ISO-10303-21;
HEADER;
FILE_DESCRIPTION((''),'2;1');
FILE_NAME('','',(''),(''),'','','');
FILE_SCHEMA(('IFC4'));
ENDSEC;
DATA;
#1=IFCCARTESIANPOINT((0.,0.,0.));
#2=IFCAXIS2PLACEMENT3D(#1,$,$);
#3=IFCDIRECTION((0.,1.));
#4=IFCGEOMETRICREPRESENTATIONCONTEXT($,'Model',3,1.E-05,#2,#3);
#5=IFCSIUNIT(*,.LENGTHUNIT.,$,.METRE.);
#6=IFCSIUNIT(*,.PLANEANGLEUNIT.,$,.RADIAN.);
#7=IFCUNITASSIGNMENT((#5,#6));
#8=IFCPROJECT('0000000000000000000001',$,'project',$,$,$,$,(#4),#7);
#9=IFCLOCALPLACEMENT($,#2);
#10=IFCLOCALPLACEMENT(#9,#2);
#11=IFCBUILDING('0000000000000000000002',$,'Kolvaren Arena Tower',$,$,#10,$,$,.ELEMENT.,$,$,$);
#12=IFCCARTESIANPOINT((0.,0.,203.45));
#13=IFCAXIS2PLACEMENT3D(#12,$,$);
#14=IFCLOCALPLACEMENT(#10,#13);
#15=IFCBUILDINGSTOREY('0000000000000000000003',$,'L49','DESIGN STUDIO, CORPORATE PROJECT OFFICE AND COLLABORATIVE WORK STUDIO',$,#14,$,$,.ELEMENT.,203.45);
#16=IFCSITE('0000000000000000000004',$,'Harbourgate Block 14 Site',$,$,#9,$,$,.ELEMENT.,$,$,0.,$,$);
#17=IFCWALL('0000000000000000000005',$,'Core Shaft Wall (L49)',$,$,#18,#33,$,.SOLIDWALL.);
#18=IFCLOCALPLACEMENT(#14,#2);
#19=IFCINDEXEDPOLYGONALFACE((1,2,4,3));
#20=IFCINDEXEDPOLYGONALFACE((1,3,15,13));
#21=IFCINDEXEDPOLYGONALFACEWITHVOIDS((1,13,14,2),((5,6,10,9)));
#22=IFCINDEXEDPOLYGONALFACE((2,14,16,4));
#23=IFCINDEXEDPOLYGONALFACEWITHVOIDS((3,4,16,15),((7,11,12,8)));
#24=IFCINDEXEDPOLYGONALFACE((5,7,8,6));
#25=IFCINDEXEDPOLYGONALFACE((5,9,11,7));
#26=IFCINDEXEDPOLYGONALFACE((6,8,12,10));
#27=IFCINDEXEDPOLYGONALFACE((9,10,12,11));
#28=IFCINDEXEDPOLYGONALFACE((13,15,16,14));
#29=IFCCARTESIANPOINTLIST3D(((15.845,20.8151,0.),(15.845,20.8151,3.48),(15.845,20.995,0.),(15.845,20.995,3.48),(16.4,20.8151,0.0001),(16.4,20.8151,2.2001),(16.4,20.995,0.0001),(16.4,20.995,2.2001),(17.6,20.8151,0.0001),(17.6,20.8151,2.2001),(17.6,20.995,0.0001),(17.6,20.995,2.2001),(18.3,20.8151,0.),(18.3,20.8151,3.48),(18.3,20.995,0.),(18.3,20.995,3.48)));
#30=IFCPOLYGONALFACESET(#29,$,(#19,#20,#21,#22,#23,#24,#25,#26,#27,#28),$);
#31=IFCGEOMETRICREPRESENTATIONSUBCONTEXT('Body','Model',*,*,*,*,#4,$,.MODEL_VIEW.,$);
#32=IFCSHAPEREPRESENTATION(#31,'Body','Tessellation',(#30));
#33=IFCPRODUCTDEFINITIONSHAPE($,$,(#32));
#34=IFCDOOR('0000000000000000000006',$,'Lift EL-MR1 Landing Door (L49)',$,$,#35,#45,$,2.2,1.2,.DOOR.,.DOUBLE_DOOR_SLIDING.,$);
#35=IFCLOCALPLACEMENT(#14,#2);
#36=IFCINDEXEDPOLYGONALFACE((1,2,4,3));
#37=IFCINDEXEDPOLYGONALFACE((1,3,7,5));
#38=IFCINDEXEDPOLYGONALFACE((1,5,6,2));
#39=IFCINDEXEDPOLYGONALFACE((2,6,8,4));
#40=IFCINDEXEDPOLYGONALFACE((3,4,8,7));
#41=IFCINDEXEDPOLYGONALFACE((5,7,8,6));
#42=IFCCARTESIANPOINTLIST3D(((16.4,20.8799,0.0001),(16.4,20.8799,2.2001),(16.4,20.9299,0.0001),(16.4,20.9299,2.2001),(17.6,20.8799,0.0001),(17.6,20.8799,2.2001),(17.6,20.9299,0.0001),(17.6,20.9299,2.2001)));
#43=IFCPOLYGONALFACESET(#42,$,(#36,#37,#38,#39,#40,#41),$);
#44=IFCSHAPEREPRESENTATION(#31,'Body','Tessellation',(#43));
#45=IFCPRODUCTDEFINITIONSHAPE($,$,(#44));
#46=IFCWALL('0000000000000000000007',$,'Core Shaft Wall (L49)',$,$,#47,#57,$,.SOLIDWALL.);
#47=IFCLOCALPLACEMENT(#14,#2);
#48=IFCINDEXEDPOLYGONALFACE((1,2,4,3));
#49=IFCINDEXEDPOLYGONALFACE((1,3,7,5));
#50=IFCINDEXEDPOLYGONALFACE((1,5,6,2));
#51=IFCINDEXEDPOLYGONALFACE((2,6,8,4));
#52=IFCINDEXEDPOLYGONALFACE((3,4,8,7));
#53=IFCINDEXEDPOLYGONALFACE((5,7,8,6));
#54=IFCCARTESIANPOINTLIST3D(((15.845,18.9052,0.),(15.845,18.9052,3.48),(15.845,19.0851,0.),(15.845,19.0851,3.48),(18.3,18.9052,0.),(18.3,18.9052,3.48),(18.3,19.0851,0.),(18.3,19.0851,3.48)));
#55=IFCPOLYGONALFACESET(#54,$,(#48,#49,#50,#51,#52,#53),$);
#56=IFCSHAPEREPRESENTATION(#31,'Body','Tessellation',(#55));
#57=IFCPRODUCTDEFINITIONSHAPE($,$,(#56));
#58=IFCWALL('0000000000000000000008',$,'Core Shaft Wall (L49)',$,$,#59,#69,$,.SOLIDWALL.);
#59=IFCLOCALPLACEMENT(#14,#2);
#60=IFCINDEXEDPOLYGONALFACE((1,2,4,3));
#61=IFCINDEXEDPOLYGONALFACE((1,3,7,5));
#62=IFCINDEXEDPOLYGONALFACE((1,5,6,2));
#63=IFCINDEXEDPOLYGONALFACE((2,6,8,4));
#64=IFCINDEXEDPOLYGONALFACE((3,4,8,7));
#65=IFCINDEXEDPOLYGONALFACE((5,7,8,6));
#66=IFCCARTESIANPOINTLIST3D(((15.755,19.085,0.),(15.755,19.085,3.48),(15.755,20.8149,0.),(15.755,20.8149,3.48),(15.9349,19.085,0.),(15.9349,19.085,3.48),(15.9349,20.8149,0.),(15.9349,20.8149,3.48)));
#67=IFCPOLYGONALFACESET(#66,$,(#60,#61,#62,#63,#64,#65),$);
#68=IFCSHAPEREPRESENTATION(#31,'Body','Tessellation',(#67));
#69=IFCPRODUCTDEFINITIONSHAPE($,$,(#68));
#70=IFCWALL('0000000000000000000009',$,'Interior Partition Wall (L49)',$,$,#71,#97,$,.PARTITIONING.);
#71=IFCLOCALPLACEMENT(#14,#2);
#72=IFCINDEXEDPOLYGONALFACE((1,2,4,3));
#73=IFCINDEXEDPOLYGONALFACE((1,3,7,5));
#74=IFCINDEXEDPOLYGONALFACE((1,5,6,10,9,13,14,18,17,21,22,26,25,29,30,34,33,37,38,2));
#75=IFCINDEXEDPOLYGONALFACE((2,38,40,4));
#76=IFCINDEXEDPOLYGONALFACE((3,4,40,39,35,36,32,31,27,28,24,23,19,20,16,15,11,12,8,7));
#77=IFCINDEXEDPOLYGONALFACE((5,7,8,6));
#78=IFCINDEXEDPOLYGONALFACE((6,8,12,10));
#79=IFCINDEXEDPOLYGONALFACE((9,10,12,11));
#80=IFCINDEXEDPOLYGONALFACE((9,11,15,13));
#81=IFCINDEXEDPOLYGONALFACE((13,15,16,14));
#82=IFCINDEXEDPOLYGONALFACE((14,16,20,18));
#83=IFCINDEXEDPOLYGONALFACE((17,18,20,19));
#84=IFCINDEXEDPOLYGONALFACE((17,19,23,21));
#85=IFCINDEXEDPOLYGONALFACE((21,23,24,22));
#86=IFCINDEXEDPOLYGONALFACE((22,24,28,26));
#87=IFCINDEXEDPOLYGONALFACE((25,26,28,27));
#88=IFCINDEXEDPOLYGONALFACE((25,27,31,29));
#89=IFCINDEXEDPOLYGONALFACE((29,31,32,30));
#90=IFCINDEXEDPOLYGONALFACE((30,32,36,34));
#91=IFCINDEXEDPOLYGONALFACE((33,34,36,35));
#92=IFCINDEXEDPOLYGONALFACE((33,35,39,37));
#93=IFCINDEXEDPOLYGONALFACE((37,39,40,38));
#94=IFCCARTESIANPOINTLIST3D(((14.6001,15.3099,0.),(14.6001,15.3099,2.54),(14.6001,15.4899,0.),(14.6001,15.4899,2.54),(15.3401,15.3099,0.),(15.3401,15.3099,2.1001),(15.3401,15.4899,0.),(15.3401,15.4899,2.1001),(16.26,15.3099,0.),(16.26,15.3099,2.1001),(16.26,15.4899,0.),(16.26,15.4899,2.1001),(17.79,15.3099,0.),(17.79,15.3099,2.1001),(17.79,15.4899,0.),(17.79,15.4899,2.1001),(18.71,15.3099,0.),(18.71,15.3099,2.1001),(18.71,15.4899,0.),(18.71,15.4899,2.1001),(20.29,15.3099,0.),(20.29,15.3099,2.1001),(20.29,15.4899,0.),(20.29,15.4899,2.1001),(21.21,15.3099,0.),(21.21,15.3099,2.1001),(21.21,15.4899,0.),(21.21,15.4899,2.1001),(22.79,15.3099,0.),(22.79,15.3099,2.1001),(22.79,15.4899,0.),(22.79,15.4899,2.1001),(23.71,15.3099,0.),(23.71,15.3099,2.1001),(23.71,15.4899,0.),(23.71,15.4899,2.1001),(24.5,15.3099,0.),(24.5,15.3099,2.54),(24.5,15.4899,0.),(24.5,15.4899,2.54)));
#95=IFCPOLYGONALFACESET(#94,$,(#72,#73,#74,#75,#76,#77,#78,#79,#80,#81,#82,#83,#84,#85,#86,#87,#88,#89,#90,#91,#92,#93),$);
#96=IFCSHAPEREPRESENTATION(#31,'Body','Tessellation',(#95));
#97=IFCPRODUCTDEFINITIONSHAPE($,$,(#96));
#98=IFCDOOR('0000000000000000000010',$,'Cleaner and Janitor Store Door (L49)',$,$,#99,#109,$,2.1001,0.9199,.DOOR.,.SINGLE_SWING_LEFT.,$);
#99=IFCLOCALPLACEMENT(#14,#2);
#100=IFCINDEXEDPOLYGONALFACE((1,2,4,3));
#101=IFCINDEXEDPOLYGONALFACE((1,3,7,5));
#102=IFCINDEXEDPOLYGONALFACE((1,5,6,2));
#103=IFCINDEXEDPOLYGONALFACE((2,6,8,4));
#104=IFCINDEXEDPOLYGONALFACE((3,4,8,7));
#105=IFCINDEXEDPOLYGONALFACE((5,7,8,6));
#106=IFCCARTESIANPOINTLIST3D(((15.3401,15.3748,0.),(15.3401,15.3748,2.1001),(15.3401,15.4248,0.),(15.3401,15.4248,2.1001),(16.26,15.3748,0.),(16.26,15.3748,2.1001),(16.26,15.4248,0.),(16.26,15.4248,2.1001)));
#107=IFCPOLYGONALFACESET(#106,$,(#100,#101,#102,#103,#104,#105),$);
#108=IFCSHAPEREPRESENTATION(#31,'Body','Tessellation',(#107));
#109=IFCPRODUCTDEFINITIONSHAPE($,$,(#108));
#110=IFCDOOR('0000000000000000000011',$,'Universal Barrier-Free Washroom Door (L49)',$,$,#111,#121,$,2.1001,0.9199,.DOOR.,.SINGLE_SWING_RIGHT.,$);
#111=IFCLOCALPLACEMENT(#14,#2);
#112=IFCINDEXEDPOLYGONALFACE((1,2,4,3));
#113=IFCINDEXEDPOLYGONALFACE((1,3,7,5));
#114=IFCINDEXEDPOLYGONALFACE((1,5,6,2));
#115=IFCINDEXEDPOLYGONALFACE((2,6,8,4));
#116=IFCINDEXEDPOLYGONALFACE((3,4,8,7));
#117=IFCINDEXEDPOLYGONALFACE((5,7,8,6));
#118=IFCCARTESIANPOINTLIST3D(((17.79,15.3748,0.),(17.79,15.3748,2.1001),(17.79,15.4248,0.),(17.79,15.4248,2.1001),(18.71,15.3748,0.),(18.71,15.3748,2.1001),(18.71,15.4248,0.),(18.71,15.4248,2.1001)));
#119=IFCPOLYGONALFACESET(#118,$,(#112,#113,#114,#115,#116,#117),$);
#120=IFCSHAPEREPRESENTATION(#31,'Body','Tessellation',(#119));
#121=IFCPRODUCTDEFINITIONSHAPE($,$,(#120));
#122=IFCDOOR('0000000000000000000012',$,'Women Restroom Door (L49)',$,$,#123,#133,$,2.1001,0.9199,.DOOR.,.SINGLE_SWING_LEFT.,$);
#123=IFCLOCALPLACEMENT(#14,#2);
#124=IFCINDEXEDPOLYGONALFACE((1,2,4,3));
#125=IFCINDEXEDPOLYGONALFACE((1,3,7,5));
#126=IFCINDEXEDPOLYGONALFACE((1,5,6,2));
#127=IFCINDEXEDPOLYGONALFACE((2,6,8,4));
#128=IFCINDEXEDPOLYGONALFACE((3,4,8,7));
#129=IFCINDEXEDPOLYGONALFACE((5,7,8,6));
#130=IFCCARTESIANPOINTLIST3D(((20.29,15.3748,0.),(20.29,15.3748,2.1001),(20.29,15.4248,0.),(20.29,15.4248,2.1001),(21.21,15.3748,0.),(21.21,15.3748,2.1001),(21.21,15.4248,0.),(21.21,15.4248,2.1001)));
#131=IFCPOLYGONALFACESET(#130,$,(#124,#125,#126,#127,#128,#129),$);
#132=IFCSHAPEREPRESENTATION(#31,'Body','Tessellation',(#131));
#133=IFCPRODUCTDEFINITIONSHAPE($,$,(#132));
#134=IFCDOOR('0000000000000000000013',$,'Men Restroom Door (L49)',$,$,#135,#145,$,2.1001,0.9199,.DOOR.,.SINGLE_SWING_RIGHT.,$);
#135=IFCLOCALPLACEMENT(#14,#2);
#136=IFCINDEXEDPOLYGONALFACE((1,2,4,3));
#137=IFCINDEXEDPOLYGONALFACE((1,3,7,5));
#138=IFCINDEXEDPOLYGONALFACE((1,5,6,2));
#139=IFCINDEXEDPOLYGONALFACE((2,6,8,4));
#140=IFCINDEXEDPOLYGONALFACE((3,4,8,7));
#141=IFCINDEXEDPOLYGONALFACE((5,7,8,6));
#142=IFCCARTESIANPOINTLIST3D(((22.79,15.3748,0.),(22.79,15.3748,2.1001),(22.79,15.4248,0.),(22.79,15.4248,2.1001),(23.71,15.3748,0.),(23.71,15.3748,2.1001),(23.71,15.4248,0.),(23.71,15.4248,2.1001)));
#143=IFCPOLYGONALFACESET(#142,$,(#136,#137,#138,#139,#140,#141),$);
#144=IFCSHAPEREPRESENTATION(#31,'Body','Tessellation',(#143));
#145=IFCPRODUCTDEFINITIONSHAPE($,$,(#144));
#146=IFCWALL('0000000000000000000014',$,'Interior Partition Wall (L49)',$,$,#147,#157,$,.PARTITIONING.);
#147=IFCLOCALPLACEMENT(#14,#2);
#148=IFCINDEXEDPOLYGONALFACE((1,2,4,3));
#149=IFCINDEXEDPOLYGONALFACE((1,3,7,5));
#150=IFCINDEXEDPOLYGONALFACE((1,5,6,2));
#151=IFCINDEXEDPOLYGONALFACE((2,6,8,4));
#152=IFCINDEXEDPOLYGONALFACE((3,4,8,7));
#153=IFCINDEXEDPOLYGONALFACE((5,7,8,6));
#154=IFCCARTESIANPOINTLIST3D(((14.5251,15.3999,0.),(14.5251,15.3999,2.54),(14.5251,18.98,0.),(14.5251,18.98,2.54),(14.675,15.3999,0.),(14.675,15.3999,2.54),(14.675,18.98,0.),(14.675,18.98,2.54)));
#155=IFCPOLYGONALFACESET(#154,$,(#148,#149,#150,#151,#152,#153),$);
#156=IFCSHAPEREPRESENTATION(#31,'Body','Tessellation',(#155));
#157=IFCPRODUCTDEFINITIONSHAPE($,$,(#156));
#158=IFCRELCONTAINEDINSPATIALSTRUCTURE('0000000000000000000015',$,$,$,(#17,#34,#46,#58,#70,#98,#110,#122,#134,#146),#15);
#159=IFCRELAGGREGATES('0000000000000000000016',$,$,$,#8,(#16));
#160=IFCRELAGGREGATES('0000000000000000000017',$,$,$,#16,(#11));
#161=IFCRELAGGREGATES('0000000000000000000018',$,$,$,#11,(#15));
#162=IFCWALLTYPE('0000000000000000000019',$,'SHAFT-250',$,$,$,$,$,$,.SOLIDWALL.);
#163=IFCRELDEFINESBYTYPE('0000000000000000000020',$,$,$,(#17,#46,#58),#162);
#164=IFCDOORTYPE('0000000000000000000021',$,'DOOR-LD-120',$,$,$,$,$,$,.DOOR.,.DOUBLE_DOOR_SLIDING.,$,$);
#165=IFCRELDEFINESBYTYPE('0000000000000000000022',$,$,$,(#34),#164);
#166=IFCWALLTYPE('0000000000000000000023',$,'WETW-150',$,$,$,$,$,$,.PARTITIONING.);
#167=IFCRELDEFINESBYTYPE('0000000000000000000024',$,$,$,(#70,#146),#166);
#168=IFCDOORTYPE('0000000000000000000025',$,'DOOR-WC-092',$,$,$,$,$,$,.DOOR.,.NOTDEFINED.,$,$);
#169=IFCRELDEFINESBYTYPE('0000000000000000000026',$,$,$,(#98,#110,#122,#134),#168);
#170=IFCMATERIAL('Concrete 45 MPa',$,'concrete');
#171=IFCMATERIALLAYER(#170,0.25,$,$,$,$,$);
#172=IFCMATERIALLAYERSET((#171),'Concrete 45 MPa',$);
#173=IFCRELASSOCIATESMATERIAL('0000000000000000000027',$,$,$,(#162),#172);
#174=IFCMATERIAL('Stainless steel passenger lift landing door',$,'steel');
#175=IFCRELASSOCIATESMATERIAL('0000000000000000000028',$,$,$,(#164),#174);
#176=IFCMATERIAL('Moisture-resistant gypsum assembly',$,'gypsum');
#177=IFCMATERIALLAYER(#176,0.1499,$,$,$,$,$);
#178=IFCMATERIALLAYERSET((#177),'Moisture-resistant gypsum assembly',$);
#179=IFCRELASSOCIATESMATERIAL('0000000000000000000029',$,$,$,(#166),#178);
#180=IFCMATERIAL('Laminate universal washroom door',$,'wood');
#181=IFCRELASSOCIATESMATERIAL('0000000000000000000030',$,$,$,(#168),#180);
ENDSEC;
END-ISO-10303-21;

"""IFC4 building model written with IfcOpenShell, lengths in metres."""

from ifc_helpers import new_model, si_unit, direction, frame, frame_2d, origin, place, context, subcontext, project, spatial, rectangle, extrude, material, layer, layer_set, type_object, element, fill, save


model = new_model("IFC4")

# Units and contexts
model_context = context("Model", 3, precision=1e-05, world=origin(), true_north=direction((0.0, 1.0)))
body_context = subcontext(model_context, "Body", "Model", "MODEL_VIEW")
ifc_project = project(units=[si_unit("LENGTHUNIT", "METRE"), si_unit("PLANEANGLEUNIT", "RADIAN")], contexts=[model_context])

# Site, building, storey
site_placement = place(None, origin())
site = spatial("IfcSite", under=ifc_project, at=site_placement, Name="Harbourgate Block 14 Site", CompositionType="ELEMENT", RefElevation=0.0)
building_placement = place(site_placement, origin())
building = spatial("IfcBuilding", under=site, at=building_placement, Name="Kolvaren Arena Tower", CompositionType="ELEMENT")
storey_placement = place(building_placement, frame((0.0, 0.0, 203.45)))
storey = spatial("IfcBuildingStorey", under=building, at=storey_placement, Name="L49", Description="DESIGN STUDIO, CORPORATE PROJECT OFFICE AND COLLABORATIVE WORK STUDIO", CompositionType="ELEMENT", Elevation=203.45)

# Wall, opening, door
ifc_material_1 = material(Name="Concrete 45 MPa", Category="concrete")
ifc_layer_1 = layer(ifc_material_1, 0.25)
ifc_layer_set_1 = layer_set([ifc_layer_1], Name="Concrete 45 MPa")
wall_type_1 = type_object("IfcWallType", Name="SHAFT-250", PredefinedType="SOLIDWALL", material=ifc_layer_set_1)
wall_1_placement = place(storey_placement, frame((15.845, 20.905, 0.0), z_axis=(0.0, 0.0, 1.0), x_axis=(1.0, 0.0, 0.0)))
wall_1 = element("IfcWall", 1, at=wall_1_placement, inside=storey, type_object=wall_type_1, Name="Core Shaft Wall (L49)", PredefinedType="SOLIDWALL", context=body_context, shape_type="SweptSolid", body=[
    extrude(rectangle(XDim=2.4551, YDim=0.1799, at=frame_2d((1.2275, 0.0))), origin(), (0.0, 0.0, 1.0), 3.48),
])
opening_1_placement = place(wall_1_placement, frame((0.5549, 0.0, 0.0)))
opening_1 = element("IfcOpeningElement", 2, at=opening_1_placement, cuts=wall_1, PredefinedType="OPENING", context=body_context, shape_type="SweptSolid", body=[
    extrude(rectangle(XDim=1.2, YDim=2.2, at=frame_2d((0.6001, 1.1001))), frame((0.0, 0.0999, 0.0), z_axis=(0.0, -1.0, 0.0), x_axis=(1.0, 0.0, 0.0)), (0.0, 0.0, 1.0), 0.2),
])
ifc_material_2 = material(Name="Stainless steel passenger lift landing door", Category="steel")
door_type_1 = type_object("IfcDoorType", Name="DOOR-LD-120", OperationType="DOUBLE_DOOR_SLIDING", PredefinedType="DOOR", material=ifc_material_2)
door_1_placement = place(opening_1_placement, origin())
door_1 = element("IfcDoor", 3, at=door_1_placement, inside=storey, type_object=door_type_1, Name="Lift EL-MR1 Landing Door (L49)", OperationType="DOUBLE_DOOR_SLIDING", OverallHeight=2.2, OverallWidth=1.2, PredefinedType="DOOR", context=body_context, shape_type="SweptSolid", body=[
    extrude(rectangle(XDim=1.2, YDim=2.2, at=frame_2d((0.6001, 1.1001))), frame((0.0, 0.0249, 0.0), z_axis=(0.0, -1.0, 0.0), x_axis=(1.0, 0.0, 0.0)), (0.0, 0.0, 1.0), 0.05),
])
fill(opening_1, door_1)

# Walls
wall_2_placement = place(storey_placement, frame((15.845, 18.9951, 0.0), z_axis=(0.0, 0.0, 1.0), x_axis=(1.0, 0.0, 0.0)))
element("IfcWall", 4, at=wall_2_placement, inside=storey, type_object=wall_type_1, Name="Core Shaft Wall (L49)", PredefinedType="SOLIDWALL", context=body_context, shape_type="SweptSolid", body=[
    extrude(rectangle(XDim=2.4551, YDim=0.1799, at=frame_2d((1.2275, 0.0))), origin(), (0.0, 0.0, 1.0), 3.48),
])
wall_3_placement = place(storey_placement, frame((15.845, 19.085, 0.0), z_axis=(0.0, 0.0, 1.0), x_axis=(0.0, 1.0, 0.0)))
element("IfcWall", 5, at=wall_3_placement, inside=storey, type_object=wall_type_1, Name="Core Shaft Wall (L49)", PredefinedType="SOLIDWALL", context=body_context, shape_type="SweptSolid", body=[
    extrude(rectangle(XDim=1.73, YDim=0.1799, at=frame_2d((0.865, 0.0))), origin(), (0.0, 0.0, 1.0), 3.48),
])

# Wall, openings, doors
ifc_material_3 = material(Name="Moisture-resistant gypsum assembly", Category="gypsum")
ifc_layer_2 = layer(ifc_material_3, 0.1499)
ifc_layer_set_2 = layer_set([ifc_layer_2], Name="Moisture-resistant gypsum assembly")
wall_type_2 = type_object("IfcWallType", Name="WETW-150", PredefinedType="PARTITIONING", material=ifc_layer_set_2)
wall_4_placement = place(storey_placement, frame((14.6001, 15.3999, 0.0), z_axis=(0.0, 0.0, 1.0), x_axis=(1.0, 0.0, 0.0)))
wall_4 = element("IfcWall", 6, at=wall_4_placement, inside=storey, type_object=wall_type_2, Name="Interior Partition Wall (L49)", PredefinedType="PARTITIONING", context=body_context, shape_type="SweptSolid", body=[
    extrude(rectangle(XDim=9.8999, YDim=0.1799, at=frame_2d((4.95, 0.0))), origin(), (0.0, 0.0, 1.0), 2.54),
])
opening_2_placement = place(wall_4_placement, frame((0.74, 0.0, 0.0)))
opening_2 = element("IfcOpeningElement", 7, at=opening_2_placement, cuts=wall_4, PredefinedType="OPENING", context=body_context, shape_type="SweptSolid", body=[
    extrude(rectangle(XDim=0.9199, YDim=2.1001, at=frame_2d((0.46, 1.05))), frame((0.0, 0.0999, 0.0), z_axis=(0.0, -1.0, 0.0), x_axis=(1.0, 0.0, 0.0)), (0.0, 0.0, 1.0), 0.2),
])
opening_3_placement = place(wall_4_placement, frame((3.1899, 0.0, 0.0)))
opening_3 = element("IfcOpeningElement", 8, at=opening_3_placement, cuts=wall_4, PredefinedType="OPENING", context=body_context, shape_type="SweptSolid", body=[
    extrude(rectangle(XDim=0.9199, YDim=2.1001, at=frame_2d((0.46, 1.05))), frame((0.0, 0.0999, 0.0), z_axis=(0.0, -1.0, 0.0), x_axis=(1.0, 0.0, 0.0)), (0.0, 0.0, 1.0), 0.2),
])
opening_4_placement = place(wall_4_placement, frame((5.6899, 0.0, 0.0)))
opening_4 = element("IfcOpeningElement", 9, at=opening_4_placement, cuts=wall_4, PredefinedType="OPENING", context=body_context, shape_type="SweptSolid", body=[
    extrude(rectangle(XDim=0.9199, YDim=2.1001, at=frame_2d((0.46, 1.05))), frame((0.0, 0.0999, 0.0), z_axis=(0.0, -1.0, 0.0), x_axis=(1.0, 0.0, 0.0)), (0.0, 0.0, 1.0), 0.2),
])
opening_5_placement = place(wall_4_placement, frame((8.1899, 0.0, 0.0)))
opening_5 = element("IfcOpeningElement", 10, at=opening_5_placement, cuts=wall_4, PredefinedType="OPENING", context=body_context, shape_type="SweptSolid", body=[
    extrude(rectangle(XDim=0.9199, YDim=2.1001, at=frame_2d((0.46, 1.05))), frame((0.0, 0.0999, 0.0), z_axis=(0.0, -1.0, 0.0), x_axis=(1.0, 0.0, 0.0)), (0.0, 0.0, 1.0), 0.2),
])
ifc_material_4 = material(Name="Laminate universal washroom door", Category="wood")
door_type_2 = type_object("IfcDoorType", Name="DOOR-WC-092", OperationType="NOTDEFINED", PredefinedType="DOOR", material=ifc_material_4)
door_2_placement = place(opening_2_placement, origin())
door_2 = element("IfcDoor", 11, at=door_2_placement, inside=storey, type_object=door_type_2, Name="Cleaner and Janitor Store Door (L49)", OperationType="SINGLE_SWING_LEFT", OverallHeight=2.1001, OverallWidth=0.9199, PredefinedType="DOOR", context=body_context, shape_type="SweptSolid", body=[
    extrude(rectangle(XDim=0.9199, YDim=2.1001, at=frame_2d((0.46, 1.05))), frame((0.0, 0.0249, 0.0), z_axis=(0.0, -1.0, 0.0), x_axis=(1.0, 0.0, 0.0)), (0.0, 0.0, 1.0), 0.05),
])
fill(opening_2, door_2)
door_3_placement = place(opening_3_placement, origin())
door_3 = element("IfcDoor", 12, at=door_3_placement, inside=storey, type_object=door_type_2, Name="Universal Barrier-Free Washroom Door (L49)", OperationType="SINGLE_SWING_RIGHT", OverallHeight=2.1001, OverallWidth=0.9199, PredefinedType="DOOR", context=body_context, shape_type="SweptSolid", body=[
    extrude(rectangle(XDim=0.9199, YDim=2.1001, at=frame_2d((0.46, 1.05))), frame((0.0, 0.0249, 0.0), z_axis=(0.0, -1.0, 0.0), x_axis=(1.0, 0.0, 0.0)), (0.0, 0.0, 1.0), 0.05),
])
fill(opening_3, door_3)
door_4_placement = place(opening_4_placement, origin())
door_4 = element("IfcDoor", 13, at=door_4_placement, inside=storey, type_object=door_type_2, Name="Women Restroom Door (L49)", OperationType="SINGLE_SWING_LEFT", OverallHeight=2.1001, OverallWidth=0.9199, PredefinedType="DOOR", context=body_context, shape_type="SweptSolid", body=[
    extrude(rectangle(XDim=0.9199, YDim=2.1001, at=frame_2d((0.46, 1.05))), frame((0.0, 0.0249, 0.0), z_axis=(0.0, -1.0, 0.0), x_axis=(1.0, 0.0, 0.0)), (0.0, 0.0, 1.0), 0.05),
])
fill(opening_4, door_4)
door_5_placement = place(opening_5_placement, origin())
door_5 = element("IfcDoor", 14, at=door_5_placement, inside=storey, type_object=door_type_2, Name="Men Restroom Door (L49)", OperationType="SINGLE_SWING_RIGHT", OverallHeight=2.1001, OverallWidth=0.9199, PredefinedType="DOOR", context=body_context, shape_type="SweptSolid", body=[
    extrude(rectangle(XDim=0.9199, YDim=2.1001, at=frame_2d((0.46, 1.05))), frame((0.0, 0.0249, 0.0), z_axis=(0.0, -1.0, 0.0), x_axis=(1.0, 0.0, 0.0)), (0.0, 0.0, 1.0), 0.05),
])
fill(opening_5, door_5)

# Wall
wall_5_placement = place(storey_placement, frame((14.6001, 15.3999, 0.0), z_axis=(0.0, 0.0, 1.0), x_axis=(0.0, 1.0, 0.0)))
element("IfcWall", 15, at=wall_5_placement, inside=storey, type_object=wall_type_2, Name="Interior Partition Wall (L49)", PredefinedType="PARTITIONING", context=body_context, shape_type="SweptSolid", body=[
    extrude(rectangle(XDim=3.5801, YDim=0.1499, at=frame_2d((1.79, 0.0))), origin(), (0.0, 0.0, 1.0), 2.54),
])

save(model, "model.ifc")
